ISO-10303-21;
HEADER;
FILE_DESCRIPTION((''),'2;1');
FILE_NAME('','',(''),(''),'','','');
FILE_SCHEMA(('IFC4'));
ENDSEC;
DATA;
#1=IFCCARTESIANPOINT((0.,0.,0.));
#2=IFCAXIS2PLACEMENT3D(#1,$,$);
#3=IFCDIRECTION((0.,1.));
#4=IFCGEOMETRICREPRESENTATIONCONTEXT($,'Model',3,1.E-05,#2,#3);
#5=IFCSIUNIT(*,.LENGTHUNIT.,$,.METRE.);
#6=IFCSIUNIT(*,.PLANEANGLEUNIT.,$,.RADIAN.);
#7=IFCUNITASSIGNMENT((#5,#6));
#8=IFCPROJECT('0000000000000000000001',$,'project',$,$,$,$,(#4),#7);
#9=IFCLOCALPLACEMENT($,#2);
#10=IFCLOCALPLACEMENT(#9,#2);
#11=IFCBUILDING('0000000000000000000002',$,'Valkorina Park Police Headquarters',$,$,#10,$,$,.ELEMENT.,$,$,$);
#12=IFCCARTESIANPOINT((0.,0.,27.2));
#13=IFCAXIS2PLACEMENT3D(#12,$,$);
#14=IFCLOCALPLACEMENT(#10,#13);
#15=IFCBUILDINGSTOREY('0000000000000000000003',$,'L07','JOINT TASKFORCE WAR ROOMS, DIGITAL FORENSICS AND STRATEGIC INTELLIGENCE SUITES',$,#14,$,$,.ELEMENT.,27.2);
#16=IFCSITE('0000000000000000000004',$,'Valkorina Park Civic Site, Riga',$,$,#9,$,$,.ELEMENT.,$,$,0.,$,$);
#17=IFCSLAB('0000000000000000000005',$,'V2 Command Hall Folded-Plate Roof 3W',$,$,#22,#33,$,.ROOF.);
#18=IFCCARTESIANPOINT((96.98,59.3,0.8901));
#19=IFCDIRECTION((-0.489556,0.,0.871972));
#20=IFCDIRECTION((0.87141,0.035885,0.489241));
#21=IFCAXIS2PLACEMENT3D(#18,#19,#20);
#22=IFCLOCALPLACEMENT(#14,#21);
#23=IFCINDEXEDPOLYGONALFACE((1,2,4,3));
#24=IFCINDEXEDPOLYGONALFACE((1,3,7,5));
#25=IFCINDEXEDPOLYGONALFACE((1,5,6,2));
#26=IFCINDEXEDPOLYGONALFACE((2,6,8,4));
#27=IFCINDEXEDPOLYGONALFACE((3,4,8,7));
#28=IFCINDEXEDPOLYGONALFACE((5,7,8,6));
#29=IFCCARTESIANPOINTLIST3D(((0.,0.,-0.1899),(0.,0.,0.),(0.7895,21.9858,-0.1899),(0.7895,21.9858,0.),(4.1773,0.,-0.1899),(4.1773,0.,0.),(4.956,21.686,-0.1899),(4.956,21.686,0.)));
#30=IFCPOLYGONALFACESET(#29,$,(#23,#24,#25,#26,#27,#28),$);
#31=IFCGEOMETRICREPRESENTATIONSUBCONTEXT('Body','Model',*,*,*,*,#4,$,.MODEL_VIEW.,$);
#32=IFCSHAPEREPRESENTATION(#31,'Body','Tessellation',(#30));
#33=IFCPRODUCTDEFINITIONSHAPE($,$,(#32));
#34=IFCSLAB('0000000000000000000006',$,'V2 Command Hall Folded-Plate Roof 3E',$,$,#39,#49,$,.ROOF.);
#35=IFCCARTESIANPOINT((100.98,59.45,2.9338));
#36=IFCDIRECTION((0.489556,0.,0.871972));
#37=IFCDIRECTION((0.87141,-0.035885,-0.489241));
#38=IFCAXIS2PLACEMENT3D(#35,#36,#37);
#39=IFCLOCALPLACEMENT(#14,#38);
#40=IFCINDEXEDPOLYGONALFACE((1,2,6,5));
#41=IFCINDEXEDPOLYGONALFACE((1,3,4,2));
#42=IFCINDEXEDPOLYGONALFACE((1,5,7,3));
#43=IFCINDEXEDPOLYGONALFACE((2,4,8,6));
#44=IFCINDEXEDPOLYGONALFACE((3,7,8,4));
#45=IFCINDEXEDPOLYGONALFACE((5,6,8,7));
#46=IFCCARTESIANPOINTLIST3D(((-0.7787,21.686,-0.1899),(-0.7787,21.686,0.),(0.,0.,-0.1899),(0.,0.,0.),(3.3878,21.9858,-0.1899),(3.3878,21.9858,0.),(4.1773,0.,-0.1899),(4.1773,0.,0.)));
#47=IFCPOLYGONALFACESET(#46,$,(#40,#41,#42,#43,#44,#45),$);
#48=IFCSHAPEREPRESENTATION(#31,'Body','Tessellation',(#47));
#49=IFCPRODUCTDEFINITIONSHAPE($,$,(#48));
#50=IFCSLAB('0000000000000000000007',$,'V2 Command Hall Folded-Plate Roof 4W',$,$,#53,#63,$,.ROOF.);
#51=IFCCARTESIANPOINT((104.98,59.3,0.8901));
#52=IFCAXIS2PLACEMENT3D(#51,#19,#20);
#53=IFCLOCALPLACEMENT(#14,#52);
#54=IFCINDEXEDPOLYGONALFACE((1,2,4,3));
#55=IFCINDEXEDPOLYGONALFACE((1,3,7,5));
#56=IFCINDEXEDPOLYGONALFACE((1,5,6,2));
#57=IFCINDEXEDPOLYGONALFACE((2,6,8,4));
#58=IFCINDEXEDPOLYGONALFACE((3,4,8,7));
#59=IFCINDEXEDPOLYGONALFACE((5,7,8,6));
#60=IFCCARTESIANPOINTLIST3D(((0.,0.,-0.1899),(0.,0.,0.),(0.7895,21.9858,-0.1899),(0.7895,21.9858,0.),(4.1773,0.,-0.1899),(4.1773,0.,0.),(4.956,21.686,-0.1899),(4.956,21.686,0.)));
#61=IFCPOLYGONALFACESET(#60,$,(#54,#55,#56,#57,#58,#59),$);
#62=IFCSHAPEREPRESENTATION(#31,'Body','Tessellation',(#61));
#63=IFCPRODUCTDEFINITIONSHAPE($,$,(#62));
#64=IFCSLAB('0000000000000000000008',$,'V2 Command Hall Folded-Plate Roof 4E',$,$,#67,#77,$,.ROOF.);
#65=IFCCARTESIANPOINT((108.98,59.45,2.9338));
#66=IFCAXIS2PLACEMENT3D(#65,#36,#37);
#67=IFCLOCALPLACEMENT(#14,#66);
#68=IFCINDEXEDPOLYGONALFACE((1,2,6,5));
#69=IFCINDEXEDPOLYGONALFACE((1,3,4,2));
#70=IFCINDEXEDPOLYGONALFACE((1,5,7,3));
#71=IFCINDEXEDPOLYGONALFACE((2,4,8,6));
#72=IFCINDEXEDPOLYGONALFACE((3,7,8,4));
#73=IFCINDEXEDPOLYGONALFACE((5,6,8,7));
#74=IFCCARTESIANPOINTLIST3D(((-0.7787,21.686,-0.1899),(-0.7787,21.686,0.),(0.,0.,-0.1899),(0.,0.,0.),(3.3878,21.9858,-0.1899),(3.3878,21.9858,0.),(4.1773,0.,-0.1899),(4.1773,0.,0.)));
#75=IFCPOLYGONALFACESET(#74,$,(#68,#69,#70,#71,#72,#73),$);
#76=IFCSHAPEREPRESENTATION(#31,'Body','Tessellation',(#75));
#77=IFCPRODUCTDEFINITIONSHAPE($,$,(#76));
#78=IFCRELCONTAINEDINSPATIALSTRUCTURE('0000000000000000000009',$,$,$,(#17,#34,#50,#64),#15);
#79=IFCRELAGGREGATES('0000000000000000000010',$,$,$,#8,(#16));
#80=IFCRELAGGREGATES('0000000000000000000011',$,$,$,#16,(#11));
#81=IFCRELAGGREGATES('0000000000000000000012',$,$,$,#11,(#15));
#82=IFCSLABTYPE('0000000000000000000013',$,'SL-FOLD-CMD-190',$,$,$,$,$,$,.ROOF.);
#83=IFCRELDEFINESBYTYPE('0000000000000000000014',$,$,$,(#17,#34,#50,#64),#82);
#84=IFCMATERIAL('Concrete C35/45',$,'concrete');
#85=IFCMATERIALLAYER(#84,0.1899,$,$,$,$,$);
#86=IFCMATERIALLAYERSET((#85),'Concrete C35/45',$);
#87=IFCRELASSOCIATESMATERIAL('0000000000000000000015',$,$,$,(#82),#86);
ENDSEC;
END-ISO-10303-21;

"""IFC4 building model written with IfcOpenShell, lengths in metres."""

from ifc_helpers import new_model, si_unit, direction, frame, origin, place, context, subcontext, project, spatial, polyline, outline, extrude, material, layer, layer_set, type_object, element, save


model = new_model("IFC4")

# Units and contexts
model_context = context("Model", 3, precision=1e-05, world=origin(), true_north=direction((0.0, 1.0)))
body_context = subcontext(model_context, "Body", "Model", "MODEL_VIEW")
ifc_project = project(units=[si_unit("LENGTHUNIT", "METRE"), si_unit("PLANEANGLEUNIT", "RADIAN")], contexts=[model_context])

# Site, building, storey
site_placement = place(None, origin())
site = spatial("IfcSite", under=ifc_project, at=site_placement, Name="Valkorina Park Civic Site, Riga", CompositionType="ELEMENT", RefElevation=0.0)
building_placement = place(site_placement, origin())
building = spatial("IfcBuilding", under=site, at=building_placement, Name="Valkorina Park Police Headquarters", CompositionType="ELEMENT")
storey_placement = place(building_placement, frame((0.0, 0.0, 27.2)))
storey = spatial("IfcBuildingStorey", under=building, at=storey_placement, Name="L07", Description="JOINT TASKFORCE WAR ROOMS, DIGITAL FORENSICS AND STRATEGIC INTELLIGENCE SUITES", CompositionType="ELEMENT", Elevation=27.2)

# Slabs
ifc_material_1 = material(Name="Concrete C35/45", Category="concrete")
ifc_layer_1 = layer(ifc_material_1, 0.1899)
ifc_layer_set_1 = layer_set([ifc_layer_1], Name="Concrete C35/45")
slab_type = type_object("IfcSlabType", Name="SL-FOLD-CMD-190", PredefinedType="ROOF", material=ifc_layer_set_1)
slab_1_placement = place(storey_placement, frame((96.98, 59.3, 0.8901), z_axis=(-0.489556, 0.0, 0.871972), x_axis=(0.87141, 0.035885, 0.489241)))
element("IfcSlab", 1, at=slab_1_placement, inside=storey, type_object=slab_type, Name="V2 Command Hall Folded-Plate Roof 3W", PredefinedType="ROOF", context=body_context, shape_type="SweptSolid", body=[
    extrude(outline(polyline([(0.0, 0.0), (4.1773, 0.0), (4.956, 21.686), (0.7895, 21.9858), (0.0, 0.0)])), origin(), (0.0, 0.0, -1.0), 0.1899),
])
slab_2_placement = place(storey_placement, frame((100.98, 59.45, 2.9338), z_axis=(0.489556, 0.0, 0.871972), x_axis=(0.87141, -0.035885, -0.489241)))
element("IfcSlab", 2, at=slab_2_placement, inside=storey, type_object=slab_type, Name="V2 Command Hall Folded-Plate Roof 3E", PredefinedType="ROOF", context=body_context, shape_type="SweptSolid", body=[
    extrude(outline(polyline([(0.0, 0.0), (4.1773, 0.0), (3.3878, 21.9858), (-0.7787, 21.686), (0.0, 0.0)])), origin(), (0.0, 0.0, -1.0), 0.1899),
])
slab_3_placement = place(storey_placement, frame((104.98, 59.3, 0.8901), z_axis=(-0.489556, 0.0, 0.871972), x_axis=(0.87141, 0.035885, 0.489241)))
element("IfcSlab", 3, at=slab_3_placement, inside=storey, type_object=slab_type, Name="V2 Command Hall Folded-Plate Roof 4W", PredefinedType="ROOF", context=body_context, shape_type="SweptSolid", body=[
    extrude(outline(polyline([(0.0, 0.0), (4.1773, 0.0), (4.956, 21.686), (0.7895, 21.9858), (0.0, 0.0)])), origin(), (0.0, 0.0, -1.0), 0.1899),
])
slab_4_placement = place(storey_placement, frame((108.98, 59.45, 2.9338), z_axis=(0.489556, 0.0, 0.871972), x_axis=(0.87141, -0.035885, -0.489241)))
element("IfcSlab", 4, at=slab_4_placement, inside=storey, type_object=slab_type, Name="V2 Command Hall Folded-Plate Roof 4E", PredefinedType="ROOF", context=body_context, shape_type="SweptSolid", body=[
    extrude(outline(polyline([(0.0, 0.0), (4.1773, 0.0), (3.3878, 21.9858), (-0.7787, 21.686), (0.0, 0.0)])), origin(), (0.0, 0.0, -1.0), 0.1899),
])

save(model, "model.ifc")
